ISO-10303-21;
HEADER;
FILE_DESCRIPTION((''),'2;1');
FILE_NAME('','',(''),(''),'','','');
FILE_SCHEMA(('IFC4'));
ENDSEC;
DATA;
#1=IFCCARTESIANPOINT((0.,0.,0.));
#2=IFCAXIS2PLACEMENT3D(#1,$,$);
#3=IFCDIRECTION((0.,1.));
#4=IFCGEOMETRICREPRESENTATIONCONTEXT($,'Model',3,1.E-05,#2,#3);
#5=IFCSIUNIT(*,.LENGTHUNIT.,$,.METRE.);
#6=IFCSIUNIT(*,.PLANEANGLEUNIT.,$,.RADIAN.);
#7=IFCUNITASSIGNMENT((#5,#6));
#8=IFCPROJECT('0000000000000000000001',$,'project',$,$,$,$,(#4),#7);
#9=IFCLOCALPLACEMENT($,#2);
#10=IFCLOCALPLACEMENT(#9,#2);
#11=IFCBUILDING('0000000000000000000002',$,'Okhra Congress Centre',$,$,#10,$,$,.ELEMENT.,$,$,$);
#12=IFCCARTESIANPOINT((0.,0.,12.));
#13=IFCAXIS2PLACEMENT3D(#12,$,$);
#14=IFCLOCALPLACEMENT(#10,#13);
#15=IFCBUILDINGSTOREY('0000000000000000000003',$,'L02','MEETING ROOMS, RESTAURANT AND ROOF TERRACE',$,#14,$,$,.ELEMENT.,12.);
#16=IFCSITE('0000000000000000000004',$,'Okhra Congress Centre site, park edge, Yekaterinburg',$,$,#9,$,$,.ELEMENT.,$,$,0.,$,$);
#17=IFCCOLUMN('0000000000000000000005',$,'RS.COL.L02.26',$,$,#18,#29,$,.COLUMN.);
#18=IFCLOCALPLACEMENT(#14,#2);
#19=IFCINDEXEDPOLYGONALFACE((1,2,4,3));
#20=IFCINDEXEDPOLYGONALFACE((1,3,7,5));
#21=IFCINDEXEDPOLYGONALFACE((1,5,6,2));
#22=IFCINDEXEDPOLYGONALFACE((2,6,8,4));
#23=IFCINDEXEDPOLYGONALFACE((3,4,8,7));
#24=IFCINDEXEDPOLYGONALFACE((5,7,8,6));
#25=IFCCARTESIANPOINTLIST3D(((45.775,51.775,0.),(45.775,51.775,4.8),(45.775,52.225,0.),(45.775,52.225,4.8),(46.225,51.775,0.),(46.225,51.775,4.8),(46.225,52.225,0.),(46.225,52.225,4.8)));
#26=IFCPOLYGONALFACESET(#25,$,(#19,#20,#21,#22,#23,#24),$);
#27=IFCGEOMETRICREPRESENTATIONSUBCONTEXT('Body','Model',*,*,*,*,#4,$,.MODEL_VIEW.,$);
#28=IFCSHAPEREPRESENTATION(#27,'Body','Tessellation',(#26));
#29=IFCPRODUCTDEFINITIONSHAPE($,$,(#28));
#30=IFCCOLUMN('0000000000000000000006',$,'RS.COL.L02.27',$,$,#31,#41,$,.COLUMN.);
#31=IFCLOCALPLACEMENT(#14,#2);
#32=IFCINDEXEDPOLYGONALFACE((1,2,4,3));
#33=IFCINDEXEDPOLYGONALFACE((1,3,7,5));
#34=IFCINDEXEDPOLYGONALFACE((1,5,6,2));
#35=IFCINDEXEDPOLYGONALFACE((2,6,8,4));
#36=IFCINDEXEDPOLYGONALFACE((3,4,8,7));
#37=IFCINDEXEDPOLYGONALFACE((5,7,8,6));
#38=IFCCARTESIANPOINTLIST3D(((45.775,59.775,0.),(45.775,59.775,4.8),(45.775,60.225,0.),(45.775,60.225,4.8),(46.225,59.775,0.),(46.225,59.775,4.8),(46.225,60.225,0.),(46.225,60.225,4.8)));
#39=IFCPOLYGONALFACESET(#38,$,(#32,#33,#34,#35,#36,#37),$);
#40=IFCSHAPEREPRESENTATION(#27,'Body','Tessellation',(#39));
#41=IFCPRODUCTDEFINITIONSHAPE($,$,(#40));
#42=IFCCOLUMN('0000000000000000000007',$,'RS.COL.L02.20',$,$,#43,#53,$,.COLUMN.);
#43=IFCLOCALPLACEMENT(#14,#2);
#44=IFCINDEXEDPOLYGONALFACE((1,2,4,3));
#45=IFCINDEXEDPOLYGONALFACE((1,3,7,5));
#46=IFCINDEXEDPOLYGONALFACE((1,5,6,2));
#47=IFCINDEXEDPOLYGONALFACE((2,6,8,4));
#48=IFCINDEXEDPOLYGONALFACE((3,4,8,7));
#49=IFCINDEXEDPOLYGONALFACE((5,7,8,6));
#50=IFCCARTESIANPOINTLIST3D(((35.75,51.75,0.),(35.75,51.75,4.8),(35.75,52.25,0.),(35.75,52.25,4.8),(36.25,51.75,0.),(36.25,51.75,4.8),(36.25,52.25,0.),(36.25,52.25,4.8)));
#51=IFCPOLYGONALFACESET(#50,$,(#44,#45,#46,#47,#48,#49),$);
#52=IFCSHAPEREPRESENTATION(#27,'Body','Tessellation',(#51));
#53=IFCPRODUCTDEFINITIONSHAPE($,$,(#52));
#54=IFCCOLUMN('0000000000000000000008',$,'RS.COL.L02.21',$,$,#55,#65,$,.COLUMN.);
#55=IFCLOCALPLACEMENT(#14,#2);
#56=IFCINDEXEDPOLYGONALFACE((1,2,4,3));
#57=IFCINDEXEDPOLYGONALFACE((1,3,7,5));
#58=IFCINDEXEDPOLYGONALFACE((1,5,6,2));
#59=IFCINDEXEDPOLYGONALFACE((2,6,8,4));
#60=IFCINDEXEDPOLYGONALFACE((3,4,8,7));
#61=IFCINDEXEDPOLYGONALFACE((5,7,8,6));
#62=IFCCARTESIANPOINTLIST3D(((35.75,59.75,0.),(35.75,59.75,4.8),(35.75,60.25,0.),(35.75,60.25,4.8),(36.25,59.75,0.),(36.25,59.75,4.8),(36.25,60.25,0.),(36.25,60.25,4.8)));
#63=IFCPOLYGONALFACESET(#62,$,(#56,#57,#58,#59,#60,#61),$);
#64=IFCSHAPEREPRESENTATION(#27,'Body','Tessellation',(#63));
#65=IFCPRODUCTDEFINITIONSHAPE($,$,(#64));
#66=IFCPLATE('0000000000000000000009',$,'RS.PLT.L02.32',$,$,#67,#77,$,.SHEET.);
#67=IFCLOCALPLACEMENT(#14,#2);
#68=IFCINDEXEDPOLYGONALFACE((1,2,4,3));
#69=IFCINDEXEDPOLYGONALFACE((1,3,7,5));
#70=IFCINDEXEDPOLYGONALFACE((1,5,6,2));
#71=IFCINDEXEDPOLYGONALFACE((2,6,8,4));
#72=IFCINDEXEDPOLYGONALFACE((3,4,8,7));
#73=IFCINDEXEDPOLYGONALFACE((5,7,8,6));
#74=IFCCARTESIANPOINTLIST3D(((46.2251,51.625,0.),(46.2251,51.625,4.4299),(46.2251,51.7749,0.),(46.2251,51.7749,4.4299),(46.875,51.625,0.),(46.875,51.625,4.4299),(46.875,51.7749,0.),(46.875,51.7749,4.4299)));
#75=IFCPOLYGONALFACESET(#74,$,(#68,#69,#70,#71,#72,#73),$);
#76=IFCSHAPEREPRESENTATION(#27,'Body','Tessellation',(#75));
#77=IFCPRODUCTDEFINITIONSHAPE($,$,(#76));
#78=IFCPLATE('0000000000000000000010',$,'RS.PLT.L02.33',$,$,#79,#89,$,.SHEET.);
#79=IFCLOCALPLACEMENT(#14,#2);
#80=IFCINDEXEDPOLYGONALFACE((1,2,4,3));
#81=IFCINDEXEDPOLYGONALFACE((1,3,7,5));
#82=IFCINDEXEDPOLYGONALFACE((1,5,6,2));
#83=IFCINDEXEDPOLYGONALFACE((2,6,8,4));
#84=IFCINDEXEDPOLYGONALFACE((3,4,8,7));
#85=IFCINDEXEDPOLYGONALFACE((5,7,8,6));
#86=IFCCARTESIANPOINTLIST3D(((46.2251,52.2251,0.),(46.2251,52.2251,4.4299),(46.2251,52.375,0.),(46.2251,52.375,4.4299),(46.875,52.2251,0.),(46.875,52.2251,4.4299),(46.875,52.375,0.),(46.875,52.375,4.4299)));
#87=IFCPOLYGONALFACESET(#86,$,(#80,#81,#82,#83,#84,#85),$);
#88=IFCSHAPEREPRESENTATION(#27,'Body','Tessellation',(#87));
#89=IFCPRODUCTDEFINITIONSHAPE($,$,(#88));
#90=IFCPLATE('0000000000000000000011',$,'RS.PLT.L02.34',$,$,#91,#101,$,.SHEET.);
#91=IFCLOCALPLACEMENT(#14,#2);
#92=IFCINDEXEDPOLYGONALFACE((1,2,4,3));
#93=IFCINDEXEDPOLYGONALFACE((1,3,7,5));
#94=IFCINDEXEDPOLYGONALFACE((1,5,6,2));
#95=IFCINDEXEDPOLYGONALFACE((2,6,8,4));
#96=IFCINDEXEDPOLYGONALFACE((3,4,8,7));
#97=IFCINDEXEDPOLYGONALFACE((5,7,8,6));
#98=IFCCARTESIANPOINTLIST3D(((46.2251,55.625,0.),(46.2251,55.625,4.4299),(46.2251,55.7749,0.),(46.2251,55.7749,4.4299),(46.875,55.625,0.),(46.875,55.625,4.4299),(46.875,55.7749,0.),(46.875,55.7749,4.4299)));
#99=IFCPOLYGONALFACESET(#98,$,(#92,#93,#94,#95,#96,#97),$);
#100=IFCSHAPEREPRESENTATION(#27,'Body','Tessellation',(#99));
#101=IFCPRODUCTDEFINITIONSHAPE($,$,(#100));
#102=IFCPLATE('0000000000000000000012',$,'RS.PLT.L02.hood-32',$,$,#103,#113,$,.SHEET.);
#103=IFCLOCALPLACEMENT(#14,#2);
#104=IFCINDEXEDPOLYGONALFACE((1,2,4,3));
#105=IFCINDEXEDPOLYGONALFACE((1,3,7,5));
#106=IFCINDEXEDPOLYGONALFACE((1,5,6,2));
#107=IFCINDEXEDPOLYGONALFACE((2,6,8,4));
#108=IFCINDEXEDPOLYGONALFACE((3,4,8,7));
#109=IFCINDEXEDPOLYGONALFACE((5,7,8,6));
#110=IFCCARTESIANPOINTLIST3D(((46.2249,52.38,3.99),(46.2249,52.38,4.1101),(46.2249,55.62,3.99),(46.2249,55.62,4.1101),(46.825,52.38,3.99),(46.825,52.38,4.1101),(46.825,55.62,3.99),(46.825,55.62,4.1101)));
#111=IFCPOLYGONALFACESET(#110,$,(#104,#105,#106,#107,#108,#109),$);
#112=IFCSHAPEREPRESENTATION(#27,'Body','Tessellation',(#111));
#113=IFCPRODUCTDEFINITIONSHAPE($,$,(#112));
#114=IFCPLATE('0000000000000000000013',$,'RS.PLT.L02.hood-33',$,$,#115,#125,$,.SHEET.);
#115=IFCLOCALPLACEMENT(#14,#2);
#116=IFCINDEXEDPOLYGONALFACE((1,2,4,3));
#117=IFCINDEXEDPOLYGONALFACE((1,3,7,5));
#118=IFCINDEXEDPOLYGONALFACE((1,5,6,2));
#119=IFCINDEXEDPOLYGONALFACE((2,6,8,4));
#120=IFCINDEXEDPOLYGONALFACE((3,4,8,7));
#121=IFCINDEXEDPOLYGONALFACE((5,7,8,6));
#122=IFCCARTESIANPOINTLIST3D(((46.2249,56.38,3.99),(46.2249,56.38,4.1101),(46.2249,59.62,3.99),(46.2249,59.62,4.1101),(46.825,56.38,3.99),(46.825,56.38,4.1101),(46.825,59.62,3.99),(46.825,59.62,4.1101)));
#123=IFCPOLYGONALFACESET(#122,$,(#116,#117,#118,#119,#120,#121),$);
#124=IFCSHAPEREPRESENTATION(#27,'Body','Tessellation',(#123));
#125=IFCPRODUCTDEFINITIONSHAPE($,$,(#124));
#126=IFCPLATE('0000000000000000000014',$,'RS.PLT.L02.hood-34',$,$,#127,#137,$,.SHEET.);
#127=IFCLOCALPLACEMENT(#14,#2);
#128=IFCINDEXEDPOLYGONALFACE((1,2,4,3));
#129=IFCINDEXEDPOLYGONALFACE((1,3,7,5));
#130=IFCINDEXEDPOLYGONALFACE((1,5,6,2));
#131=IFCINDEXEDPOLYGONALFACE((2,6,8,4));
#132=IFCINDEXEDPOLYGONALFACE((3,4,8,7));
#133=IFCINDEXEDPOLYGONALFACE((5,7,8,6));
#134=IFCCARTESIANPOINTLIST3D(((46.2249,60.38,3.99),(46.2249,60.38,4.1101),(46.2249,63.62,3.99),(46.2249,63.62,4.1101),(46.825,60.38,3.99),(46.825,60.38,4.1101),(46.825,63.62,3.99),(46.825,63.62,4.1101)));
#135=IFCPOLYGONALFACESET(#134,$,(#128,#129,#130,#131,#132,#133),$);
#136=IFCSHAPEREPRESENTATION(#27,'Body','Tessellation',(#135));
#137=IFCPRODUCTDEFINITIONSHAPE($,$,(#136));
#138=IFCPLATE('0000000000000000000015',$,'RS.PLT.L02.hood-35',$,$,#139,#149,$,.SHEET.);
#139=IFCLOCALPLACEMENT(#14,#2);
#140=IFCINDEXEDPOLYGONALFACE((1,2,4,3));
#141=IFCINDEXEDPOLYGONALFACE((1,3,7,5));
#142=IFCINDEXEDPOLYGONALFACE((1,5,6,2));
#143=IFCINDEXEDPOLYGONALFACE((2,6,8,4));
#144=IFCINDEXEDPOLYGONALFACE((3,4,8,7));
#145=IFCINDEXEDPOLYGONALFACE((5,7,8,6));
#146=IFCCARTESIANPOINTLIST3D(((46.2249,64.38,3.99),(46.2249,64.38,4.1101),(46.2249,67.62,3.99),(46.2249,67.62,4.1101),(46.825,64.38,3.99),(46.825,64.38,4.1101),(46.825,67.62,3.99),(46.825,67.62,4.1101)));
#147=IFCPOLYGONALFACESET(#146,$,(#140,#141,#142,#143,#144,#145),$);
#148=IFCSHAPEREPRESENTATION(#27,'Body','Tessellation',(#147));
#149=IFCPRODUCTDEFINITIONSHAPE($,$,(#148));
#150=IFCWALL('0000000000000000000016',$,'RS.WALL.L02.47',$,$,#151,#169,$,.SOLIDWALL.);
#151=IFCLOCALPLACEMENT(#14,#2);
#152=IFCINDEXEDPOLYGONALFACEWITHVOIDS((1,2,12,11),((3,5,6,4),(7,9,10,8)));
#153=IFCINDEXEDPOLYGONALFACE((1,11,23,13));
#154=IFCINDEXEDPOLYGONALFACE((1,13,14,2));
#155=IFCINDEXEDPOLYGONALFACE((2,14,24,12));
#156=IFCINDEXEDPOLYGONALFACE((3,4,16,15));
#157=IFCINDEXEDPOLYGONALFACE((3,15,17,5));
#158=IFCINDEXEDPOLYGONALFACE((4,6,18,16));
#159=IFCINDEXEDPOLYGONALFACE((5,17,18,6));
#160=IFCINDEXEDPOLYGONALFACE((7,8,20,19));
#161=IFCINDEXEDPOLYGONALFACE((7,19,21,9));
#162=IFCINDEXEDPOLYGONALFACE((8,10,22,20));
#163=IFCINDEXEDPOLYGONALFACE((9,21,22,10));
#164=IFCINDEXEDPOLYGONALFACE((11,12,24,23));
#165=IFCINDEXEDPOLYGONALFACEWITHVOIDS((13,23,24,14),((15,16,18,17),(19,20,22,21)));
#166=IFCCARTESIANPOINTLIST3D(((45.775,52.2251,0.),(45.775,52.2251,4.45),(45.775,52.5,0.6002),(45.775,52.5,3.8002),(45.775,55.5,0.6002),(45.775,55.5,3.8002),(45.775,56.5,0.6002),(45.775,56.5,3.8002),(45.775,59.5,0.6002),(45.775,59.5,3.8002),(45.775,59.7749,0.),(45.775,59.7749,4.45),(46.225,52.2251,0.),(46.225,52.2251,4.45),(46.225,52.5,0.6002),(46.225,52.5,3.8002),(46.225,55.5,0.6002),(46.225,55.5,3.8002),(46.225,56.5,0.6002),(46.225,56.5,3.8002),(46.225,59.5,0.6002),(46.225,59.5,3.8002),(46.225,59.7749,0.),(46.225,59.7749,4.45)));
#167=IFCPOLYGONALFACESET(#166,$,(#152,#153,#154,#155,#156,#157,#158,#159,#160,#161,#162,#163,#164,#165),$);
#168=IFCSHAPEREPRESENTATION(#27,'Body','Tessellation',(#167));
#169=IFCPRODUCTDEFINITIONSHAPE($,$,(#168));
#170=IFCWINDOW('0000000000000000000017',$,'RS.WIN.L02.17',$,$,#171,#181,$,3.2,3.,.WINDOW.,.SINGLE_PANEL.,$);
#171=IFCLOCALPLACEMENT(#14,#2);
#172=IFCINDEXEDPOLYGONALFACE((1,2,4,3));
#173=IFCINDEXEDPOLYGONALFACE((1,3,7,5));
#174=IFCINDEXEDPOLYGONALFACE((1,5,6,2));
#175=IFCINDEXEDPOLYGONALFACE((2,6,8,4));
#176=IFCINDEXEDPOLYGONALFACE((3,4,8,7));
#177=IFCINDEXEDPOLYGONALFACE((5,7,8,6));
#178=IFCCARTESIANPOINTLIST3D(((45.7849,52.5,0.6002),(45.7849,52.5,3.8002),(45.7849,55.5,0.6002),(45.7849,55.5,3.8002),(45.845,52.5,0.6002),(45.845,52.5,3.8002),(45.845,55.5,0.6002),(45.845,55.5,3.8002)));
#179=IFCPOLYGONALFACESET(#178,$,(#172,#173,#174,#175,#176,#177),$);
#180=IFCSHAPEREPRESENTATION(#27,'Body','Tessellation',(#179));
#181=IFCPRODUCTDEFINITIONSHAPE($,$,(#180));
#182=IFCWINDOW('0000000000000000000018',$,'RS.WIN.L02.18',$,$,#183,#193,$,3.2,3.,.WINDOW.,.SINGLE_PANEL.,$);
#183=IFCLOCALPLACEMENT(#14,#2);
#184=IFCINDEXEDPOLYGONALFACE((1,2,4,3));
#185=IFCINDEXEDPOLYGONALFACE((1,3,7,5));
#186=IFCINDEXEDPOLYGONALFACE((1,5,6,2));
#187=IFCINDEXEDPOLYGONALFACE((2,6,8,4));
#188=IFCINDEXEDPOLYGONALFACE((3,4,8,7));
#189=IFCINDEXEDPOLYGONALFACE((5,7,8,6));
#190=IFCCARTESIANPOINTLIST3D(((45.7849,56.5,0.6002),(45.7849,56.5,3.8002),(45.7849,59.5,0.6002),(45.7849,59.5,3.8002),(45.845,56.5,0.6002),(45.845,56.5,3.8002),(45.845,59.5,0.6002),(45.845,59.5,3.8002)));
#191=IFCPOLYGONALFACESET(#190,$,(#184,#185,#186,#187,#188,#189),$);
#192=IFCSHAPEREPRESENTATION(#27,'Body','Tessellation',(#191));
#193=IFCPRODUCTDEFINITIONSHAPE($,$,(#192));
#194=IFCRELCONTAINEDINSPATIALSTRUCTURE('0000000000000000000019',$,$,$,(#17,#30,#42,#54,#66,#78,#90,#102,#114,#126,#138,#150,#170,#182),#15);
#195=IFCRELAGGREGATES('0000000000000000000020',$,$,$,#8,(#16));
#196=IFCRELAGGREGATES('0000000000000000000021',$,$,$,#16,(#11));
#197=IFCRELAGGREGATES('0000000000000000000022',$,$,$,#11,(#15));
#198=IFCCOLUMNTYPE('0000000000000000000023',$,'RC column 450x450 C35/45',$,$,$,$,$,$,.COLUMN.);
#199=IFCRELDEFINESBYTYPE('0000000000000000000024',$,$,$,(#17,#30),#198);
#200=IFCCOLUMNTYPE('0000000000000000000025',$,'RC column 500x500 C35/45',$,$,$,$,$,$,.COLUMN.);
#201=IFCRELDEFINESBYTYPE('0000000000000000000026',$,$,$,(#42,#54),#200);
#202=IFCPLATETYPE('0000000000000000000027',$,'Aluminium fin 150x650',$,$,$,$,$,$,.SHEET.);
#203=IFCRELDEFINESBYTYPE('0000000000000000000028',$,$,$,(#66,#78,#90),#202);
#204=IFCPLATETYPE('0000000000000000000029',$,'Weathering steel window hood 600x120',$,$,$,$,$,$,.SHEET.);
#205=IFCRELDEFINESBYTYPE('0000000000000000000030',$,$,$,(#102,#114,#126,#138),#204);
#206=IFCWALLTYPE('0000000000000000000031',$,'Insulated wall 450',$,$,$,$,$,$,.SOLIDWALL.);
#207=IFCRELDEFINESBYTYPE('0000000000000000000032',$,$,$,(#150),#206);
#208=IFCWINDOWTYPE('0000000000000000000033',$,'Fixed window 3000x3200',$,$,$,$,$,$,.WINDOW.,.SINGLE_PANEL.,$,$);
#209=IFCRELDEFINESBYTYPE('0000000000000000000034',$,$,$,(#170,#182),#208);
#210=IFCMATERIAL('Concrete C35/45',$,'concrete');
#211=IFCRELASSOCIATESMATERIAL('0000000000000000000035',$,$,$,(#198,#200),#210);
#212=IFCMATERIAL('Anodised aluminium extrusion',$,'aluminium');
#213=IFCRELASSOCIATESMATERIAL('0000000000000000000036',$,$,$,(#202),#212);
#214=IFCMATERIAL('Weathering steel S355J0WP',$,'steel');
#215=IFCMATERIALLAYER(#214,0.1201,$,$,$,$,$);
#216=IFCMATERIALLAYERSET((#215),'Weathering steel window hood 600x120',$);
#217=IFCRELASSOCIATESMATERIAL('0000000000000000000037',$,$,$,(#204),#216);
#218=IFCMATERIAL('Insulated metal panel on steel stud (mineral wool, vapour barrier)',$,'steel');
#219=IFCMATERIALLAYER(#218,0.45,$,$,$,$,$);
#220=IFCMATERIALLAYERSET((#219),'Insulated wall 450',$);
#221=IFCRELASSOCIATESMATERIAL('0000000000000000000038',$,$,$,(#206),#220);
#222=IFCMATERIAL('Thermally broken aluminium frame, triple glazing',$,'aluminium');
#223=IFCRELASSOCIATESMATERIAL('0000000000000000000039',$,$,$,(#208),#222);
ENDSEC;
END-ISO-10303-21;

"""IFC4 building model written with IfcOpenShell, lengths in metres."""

from ifc_helpers import new_model, si_unit, direction, frame, frame_2d, origin, origin_2d, place, context, subcontext, project, spatial, rectangle, extrude, material, layer, layer_set, material_profile, profile_set, type_object, element, fill, save


model = new_model("IFC4")

# Units and contexts
model_context = context("Model", 3, precision=1e-05, world=origin(), true_north=direction((0.0, 1.0)))
body_context = subcontext(model_context, "Body", "Model", "MODEL_VIEW")
ifc_project = project(units=[si_unit("LENGTHUNIT", "METRE"), si_unit("PLANEANGLEUNIT", "RADIAN")], contexts=[model_context])

# Site, building, storey
site_placement = place(None, origin())
site = spatial("IfcSite", under=ifc_project, at=site_placement, Name="Okhra Congress Centre site, park edge, Yekaterinburg", CompositionType="ELEMENT", RefElevation=0.0)
building_placement = place(site_placement, origin())
building = spatial("IfcBuilding", under=site, at=building_placement, Name="Okhra Congress Centre", CompositionType="ELEMENT")
storey_placement = place(building_placement, frame((0.0, 0.0, 12.0)))
storey = spatial("IfcBuildingStorey", under=building, at=storey_placement, Name="L02", Description="MEETING ROOMS, RESTAURANT AND ROOF TERRACE", CompositionType="ELEMENT", Elevation=12.0)

# Columns
ifc_material_1 = material(Name="Concrete C35/45", Category="concrete")
ifc_material_profile_1 = material_profile(ifc_material_1, rectangle(XDim=0.45, YDim=0.45, at=origin_2d()), Name="RC 450x450")
ifc_profile_set_1 = profile_set([ifc_material_profile_1], Name="Concrete C35/45")
column_type_1 = type_object("IfcColumnType", Name="RC column 450x450 C35/45", PredefinedType="COLUMN", material=ifc_profile_set_1)
for number, where, z_axis, x_axis, name in (
    (1, (46.0, 52.0, 0.0), (0.0, 0.0, 1.0), (1.0, 0.0, 0.0), "RS.COL.L02.26"),
    (2, (46.0, 60.0, 0.0), (0.0, 0.0, 1.0), (1.0, 0.0, 0.0), "RS.COL.L02.27"),
):
    element("IfcColumn", number, at=place(storey_placement, frame(where, z_axis=z_axis, x_axis=x_axis)), inside=storey, type_object=column_type_1, Name=name, PredefinedType="COLUMN", context=body_context, shape_type="SweptSolid", body=[
        extrude(rectangle(XDim=0.45, YDim=0.45, at=origin_2d()), origin(), (0.0, 0.0, 1.0), 4.8),
    ])
ifc_material_profile_2 = material_profile(ifc_material_1, rectangle(XDim=0.5, YDim=0.5, at=origin_2d()), Name="RC 500x500")
ifc_profile_set_2 = profile_set([ifc_material_profile_2], Name="Concrete C35/45")
column_type_2 = type_object("IfcColumnType", Name="RC column 500x500 C35/45", PredefinedType="COLUMN", material=ifc_profile_set_2)
for number, where, z_axis, x_axis, name in (
    (3, (36.0, 52.0, 0.0), (0.0, 0.0, 1.0), (1.0, 0.0, 0.0), "RS.COL.L02.20"),
    (4, (36.0, 60.0, 0.0), (0.0, 0.0, 1.0), (1.0, 0.0, 0.0), "RS.COL.L02.21"),
):
    element("IfcColumn", number, at=place(storey_placement, frame(where, z_axis=z_axis, x_axis=x_axis)), inside=storey, type_object=column_type_2, Name=name, PredefinedType="COLUMN", context=body_context, shape_type="SweptSolid", body=[
        extrude(rectangle(XDim=0.5, YDim=0.5, at=origin_2d()), origin(), (0.0, 0.0, 1.0), 4.8),
    ])

# Plates
ifc_material_2 = material(Name="Anodised aluminium extrusion", Category="aluminium")
plate_type_1 = type_object("IfcPlateType", Name="Aluminium fin 150x650", PredefinedType="SHEET", material=ifc_material_2)
for number, where, z_axis, x_axis, name in (
    (5, (46.55, 51.7, 0.0), (0.0, 0.0, 1.0), (0.0, 1.0, 0.0), "RS.PLT.L02.32"),
    (6, (46.55, 52.3, 0.0), (0.0, 0.0, 1.0), (0.0, 1.0, 0.0), "RS.PLT.L02.33"),
    (7, (46.55, 55.7, 0.0), (0.0, 0.0, 1.0), (0.0, 1.0, 0.0), "RS.PLT.L02.34"),
):
    element("IfcPlate", number, at=place(storey_placement, frame(where, z_axis=z_axis, x_axis=x_axis)), inside=storey, type_object=plate_type_1, Name=name, PredefinedType="SHEET", context=body_context, shape_type="SweptSolid", body=[
        extrude(rectangle(XDim=0.1499, YDim=0.6499, at=origin_2d()), origin(), (0.0, 0.0, 1.0), 4.4299),
    ])
ifc_material_3 = material(Name="Weathering steel S355J0WP", Category="steel")
ifc_layer_1 = layer(ifc_material_3, 0.1201)
ifc_layer_set_1 = layer_set([ifc_layer_1], Name="Weathering steel window hood 600x120")
plate_type_2 = type_object("IfcPlateType", Name="Weathering steel window hood 600x120", PredefinedType="SHEET", material=ifc_layer_set_1)
for number, where, z_axis, x_axis, name in (
    (8, (46.5249, 54.0, 3.99), (0.0, 0.0, 1.0), (0.0, 1.0, 0.0), "RS.PLT.L02.hood-32"),
    (9, (46.5249, 58.0, 3.99), (0.0, 0.0, 1.0), (0.0, 1.0, 0.0), "RS.PLT.L02.hood-33"),
    (10, (46.5249, 62.0, 3.99), (0.0, 0.0, 1.0), (0.0, 1.0, 0.0), "RS.PLT.L02.hood-34"),
    (11, (46.5249, 66.0, 3.99), (0.0, 0.0, 1.0), (0.0, 1.0, 0.0), "RS.PLT.L02.hood-35"),
):
    element("IfcPlate", number, at=place(storey_placement, frame(where, z_axis=z_axis, x_axis=x_axis)), inside=storey, type_object=plate_type_2, Name=name, PredefinedType="SHEET", context=body_context, shape_type="SweptSolid", body=[
        extrude(rectangle(XDim=3.24, YDim=0.6001, at=origin_2d()), origin(), (0.0, 0.0, 1.0), 0.1201),
    ])

# Wall, openings, windows
ifc_material_4 = material(Name="Insulated metal panel on steel stud (mineral wool, vapour barrier)", Category="steel")
ifc_layer_2 = layer(ifc_material_4, 0.45)
ifc_layer_set_2 = layer_set([ifc_layer_2], Name="Insulated wall 450")
wall_type_1 = type_object("IfcWallType", Name="Insulated wall 450", PredefinedType="SOLIDWALL", material=ifc_layer_set_2)
wall_1_placement = place(storey_placement, frame((46.0, 52.2251, 0.0), z_axis=(0.0, 0.0, 1.0), x_axis=(0.0, 1.0, 0.0)))
wall_1 = element("IfcWall", 12, at=wall_1_placement, inside=storey, type_object=wall_type_1, Name="RS.WALL.L02.47", PredefinedType="SOLIDWALL", context=body_context, shape_type="SweptSolid", body=[
    extrude(rectangle(XDim=7.5498, YDim=0.45, at=frame_2d((3.7749, 0.0))), origin(), (0.0, 0.0, 1.0), 4.45),
])
opening_1_placement = place(wall_1_placement, frame((0.2749, 0.0, 0.6001)))
opening_1 = element("IfcOpeningElement", 13, at=opening_1_placement, cuts=wall_1, PredefinedType="OPENING", context=body_context, shape_type="SweptSolid", body=[
    extrude(rectangle(XDim=3.0, YDim=3.2, at=frame_2d((1.5, 1.6001))), frame((0.0, 0.2349, 0.0), z_axis=(0.0, -1.0, 0.0), x_axis=(1.0, 0.0, 0.0)), (0.0, 0.0, 1.0), 0.47),
])
opening_2_placement = place(wall_1_placement, frame((4.2749, 0.0, 0.6001)))
opening_2 = element("IfcOpeningElement", 14, at=opening_2_placement, cuts=wall_1, PredefinedType="OPENING", context=body_context, shape_type="SweptSolid", body=[
    extrude(rectangle(XDim=3.0, YDim=3.2, at=frame_2d((1.5, 1.6001))), frame((0.0, 0.2349, 0.0), z_axis=(0.0, -1.0, 0.0), x_axis=(1.0, 0.0, 0.0)), (0.0, 0.0, 1.0), 0.47),
])
ifc_material_5 = material(Name="Thermally broken aluminium frame, triple glazing", Category="aluminium")
window_type = type_object("IfcWindowType", Name="Fixed window 3000x3200", PartitioningType="SINGLE_PANEL", PredefinedType="WINDOW", material=ifc_material_5)
window_1_placement = place(opening_1_placement, origin())
window_1 = element("IfcWindow", 15, at=window_1_placement, inside=storey, type_object=window_type, Name="RS.WIN.L02.17", OverallHeight=3.2, OverallWidth=3.0, PartitioningType="SINGLE_PANEL", PredefinedType="WINDOW", context=body_context, shape_type="SweptSolid", body=[
    extrude(rectangle(XDim=3.0, YDim=3.2, at=frame_2d((1.5, 1.6001))), frame((0.0, 0.2151, 0.0), z_axis=(0.0, -1.0, 0.0), x_axis=(1.0, 0.0, 0.0)), (0.0, 0.0, 1.0), 0.0601),
])
fill(opening_1, window_1)
window_2_placement = place(opening_2_placement, origin())
window_2 = element("IfcWindow", 16, at=window_2_placement, inside=storey, type_object=window_type, Name="RS.WIN.L02.18", OverallHeight=3.2, OverallWidth=3.0, PartitioningType="SINGLE_PANEL", PredefinedType="WINDOW", context=body_context, shape_type="SweptSolid", body=[
    extrude(rectangle(XDim=3.0, YDim=3.2, at=frame_2d((1.5, 1.6001))), frame((0.0, 0.2151, 0.0), z_axis=(0.0, -1.0, 0.0), x_axis=(1.0, 0.0, 0.0)), (0.0, 0.0, 1.0), 0.0601),
])
fill(opening_2, window_2)

save(model, "model.ifc")
